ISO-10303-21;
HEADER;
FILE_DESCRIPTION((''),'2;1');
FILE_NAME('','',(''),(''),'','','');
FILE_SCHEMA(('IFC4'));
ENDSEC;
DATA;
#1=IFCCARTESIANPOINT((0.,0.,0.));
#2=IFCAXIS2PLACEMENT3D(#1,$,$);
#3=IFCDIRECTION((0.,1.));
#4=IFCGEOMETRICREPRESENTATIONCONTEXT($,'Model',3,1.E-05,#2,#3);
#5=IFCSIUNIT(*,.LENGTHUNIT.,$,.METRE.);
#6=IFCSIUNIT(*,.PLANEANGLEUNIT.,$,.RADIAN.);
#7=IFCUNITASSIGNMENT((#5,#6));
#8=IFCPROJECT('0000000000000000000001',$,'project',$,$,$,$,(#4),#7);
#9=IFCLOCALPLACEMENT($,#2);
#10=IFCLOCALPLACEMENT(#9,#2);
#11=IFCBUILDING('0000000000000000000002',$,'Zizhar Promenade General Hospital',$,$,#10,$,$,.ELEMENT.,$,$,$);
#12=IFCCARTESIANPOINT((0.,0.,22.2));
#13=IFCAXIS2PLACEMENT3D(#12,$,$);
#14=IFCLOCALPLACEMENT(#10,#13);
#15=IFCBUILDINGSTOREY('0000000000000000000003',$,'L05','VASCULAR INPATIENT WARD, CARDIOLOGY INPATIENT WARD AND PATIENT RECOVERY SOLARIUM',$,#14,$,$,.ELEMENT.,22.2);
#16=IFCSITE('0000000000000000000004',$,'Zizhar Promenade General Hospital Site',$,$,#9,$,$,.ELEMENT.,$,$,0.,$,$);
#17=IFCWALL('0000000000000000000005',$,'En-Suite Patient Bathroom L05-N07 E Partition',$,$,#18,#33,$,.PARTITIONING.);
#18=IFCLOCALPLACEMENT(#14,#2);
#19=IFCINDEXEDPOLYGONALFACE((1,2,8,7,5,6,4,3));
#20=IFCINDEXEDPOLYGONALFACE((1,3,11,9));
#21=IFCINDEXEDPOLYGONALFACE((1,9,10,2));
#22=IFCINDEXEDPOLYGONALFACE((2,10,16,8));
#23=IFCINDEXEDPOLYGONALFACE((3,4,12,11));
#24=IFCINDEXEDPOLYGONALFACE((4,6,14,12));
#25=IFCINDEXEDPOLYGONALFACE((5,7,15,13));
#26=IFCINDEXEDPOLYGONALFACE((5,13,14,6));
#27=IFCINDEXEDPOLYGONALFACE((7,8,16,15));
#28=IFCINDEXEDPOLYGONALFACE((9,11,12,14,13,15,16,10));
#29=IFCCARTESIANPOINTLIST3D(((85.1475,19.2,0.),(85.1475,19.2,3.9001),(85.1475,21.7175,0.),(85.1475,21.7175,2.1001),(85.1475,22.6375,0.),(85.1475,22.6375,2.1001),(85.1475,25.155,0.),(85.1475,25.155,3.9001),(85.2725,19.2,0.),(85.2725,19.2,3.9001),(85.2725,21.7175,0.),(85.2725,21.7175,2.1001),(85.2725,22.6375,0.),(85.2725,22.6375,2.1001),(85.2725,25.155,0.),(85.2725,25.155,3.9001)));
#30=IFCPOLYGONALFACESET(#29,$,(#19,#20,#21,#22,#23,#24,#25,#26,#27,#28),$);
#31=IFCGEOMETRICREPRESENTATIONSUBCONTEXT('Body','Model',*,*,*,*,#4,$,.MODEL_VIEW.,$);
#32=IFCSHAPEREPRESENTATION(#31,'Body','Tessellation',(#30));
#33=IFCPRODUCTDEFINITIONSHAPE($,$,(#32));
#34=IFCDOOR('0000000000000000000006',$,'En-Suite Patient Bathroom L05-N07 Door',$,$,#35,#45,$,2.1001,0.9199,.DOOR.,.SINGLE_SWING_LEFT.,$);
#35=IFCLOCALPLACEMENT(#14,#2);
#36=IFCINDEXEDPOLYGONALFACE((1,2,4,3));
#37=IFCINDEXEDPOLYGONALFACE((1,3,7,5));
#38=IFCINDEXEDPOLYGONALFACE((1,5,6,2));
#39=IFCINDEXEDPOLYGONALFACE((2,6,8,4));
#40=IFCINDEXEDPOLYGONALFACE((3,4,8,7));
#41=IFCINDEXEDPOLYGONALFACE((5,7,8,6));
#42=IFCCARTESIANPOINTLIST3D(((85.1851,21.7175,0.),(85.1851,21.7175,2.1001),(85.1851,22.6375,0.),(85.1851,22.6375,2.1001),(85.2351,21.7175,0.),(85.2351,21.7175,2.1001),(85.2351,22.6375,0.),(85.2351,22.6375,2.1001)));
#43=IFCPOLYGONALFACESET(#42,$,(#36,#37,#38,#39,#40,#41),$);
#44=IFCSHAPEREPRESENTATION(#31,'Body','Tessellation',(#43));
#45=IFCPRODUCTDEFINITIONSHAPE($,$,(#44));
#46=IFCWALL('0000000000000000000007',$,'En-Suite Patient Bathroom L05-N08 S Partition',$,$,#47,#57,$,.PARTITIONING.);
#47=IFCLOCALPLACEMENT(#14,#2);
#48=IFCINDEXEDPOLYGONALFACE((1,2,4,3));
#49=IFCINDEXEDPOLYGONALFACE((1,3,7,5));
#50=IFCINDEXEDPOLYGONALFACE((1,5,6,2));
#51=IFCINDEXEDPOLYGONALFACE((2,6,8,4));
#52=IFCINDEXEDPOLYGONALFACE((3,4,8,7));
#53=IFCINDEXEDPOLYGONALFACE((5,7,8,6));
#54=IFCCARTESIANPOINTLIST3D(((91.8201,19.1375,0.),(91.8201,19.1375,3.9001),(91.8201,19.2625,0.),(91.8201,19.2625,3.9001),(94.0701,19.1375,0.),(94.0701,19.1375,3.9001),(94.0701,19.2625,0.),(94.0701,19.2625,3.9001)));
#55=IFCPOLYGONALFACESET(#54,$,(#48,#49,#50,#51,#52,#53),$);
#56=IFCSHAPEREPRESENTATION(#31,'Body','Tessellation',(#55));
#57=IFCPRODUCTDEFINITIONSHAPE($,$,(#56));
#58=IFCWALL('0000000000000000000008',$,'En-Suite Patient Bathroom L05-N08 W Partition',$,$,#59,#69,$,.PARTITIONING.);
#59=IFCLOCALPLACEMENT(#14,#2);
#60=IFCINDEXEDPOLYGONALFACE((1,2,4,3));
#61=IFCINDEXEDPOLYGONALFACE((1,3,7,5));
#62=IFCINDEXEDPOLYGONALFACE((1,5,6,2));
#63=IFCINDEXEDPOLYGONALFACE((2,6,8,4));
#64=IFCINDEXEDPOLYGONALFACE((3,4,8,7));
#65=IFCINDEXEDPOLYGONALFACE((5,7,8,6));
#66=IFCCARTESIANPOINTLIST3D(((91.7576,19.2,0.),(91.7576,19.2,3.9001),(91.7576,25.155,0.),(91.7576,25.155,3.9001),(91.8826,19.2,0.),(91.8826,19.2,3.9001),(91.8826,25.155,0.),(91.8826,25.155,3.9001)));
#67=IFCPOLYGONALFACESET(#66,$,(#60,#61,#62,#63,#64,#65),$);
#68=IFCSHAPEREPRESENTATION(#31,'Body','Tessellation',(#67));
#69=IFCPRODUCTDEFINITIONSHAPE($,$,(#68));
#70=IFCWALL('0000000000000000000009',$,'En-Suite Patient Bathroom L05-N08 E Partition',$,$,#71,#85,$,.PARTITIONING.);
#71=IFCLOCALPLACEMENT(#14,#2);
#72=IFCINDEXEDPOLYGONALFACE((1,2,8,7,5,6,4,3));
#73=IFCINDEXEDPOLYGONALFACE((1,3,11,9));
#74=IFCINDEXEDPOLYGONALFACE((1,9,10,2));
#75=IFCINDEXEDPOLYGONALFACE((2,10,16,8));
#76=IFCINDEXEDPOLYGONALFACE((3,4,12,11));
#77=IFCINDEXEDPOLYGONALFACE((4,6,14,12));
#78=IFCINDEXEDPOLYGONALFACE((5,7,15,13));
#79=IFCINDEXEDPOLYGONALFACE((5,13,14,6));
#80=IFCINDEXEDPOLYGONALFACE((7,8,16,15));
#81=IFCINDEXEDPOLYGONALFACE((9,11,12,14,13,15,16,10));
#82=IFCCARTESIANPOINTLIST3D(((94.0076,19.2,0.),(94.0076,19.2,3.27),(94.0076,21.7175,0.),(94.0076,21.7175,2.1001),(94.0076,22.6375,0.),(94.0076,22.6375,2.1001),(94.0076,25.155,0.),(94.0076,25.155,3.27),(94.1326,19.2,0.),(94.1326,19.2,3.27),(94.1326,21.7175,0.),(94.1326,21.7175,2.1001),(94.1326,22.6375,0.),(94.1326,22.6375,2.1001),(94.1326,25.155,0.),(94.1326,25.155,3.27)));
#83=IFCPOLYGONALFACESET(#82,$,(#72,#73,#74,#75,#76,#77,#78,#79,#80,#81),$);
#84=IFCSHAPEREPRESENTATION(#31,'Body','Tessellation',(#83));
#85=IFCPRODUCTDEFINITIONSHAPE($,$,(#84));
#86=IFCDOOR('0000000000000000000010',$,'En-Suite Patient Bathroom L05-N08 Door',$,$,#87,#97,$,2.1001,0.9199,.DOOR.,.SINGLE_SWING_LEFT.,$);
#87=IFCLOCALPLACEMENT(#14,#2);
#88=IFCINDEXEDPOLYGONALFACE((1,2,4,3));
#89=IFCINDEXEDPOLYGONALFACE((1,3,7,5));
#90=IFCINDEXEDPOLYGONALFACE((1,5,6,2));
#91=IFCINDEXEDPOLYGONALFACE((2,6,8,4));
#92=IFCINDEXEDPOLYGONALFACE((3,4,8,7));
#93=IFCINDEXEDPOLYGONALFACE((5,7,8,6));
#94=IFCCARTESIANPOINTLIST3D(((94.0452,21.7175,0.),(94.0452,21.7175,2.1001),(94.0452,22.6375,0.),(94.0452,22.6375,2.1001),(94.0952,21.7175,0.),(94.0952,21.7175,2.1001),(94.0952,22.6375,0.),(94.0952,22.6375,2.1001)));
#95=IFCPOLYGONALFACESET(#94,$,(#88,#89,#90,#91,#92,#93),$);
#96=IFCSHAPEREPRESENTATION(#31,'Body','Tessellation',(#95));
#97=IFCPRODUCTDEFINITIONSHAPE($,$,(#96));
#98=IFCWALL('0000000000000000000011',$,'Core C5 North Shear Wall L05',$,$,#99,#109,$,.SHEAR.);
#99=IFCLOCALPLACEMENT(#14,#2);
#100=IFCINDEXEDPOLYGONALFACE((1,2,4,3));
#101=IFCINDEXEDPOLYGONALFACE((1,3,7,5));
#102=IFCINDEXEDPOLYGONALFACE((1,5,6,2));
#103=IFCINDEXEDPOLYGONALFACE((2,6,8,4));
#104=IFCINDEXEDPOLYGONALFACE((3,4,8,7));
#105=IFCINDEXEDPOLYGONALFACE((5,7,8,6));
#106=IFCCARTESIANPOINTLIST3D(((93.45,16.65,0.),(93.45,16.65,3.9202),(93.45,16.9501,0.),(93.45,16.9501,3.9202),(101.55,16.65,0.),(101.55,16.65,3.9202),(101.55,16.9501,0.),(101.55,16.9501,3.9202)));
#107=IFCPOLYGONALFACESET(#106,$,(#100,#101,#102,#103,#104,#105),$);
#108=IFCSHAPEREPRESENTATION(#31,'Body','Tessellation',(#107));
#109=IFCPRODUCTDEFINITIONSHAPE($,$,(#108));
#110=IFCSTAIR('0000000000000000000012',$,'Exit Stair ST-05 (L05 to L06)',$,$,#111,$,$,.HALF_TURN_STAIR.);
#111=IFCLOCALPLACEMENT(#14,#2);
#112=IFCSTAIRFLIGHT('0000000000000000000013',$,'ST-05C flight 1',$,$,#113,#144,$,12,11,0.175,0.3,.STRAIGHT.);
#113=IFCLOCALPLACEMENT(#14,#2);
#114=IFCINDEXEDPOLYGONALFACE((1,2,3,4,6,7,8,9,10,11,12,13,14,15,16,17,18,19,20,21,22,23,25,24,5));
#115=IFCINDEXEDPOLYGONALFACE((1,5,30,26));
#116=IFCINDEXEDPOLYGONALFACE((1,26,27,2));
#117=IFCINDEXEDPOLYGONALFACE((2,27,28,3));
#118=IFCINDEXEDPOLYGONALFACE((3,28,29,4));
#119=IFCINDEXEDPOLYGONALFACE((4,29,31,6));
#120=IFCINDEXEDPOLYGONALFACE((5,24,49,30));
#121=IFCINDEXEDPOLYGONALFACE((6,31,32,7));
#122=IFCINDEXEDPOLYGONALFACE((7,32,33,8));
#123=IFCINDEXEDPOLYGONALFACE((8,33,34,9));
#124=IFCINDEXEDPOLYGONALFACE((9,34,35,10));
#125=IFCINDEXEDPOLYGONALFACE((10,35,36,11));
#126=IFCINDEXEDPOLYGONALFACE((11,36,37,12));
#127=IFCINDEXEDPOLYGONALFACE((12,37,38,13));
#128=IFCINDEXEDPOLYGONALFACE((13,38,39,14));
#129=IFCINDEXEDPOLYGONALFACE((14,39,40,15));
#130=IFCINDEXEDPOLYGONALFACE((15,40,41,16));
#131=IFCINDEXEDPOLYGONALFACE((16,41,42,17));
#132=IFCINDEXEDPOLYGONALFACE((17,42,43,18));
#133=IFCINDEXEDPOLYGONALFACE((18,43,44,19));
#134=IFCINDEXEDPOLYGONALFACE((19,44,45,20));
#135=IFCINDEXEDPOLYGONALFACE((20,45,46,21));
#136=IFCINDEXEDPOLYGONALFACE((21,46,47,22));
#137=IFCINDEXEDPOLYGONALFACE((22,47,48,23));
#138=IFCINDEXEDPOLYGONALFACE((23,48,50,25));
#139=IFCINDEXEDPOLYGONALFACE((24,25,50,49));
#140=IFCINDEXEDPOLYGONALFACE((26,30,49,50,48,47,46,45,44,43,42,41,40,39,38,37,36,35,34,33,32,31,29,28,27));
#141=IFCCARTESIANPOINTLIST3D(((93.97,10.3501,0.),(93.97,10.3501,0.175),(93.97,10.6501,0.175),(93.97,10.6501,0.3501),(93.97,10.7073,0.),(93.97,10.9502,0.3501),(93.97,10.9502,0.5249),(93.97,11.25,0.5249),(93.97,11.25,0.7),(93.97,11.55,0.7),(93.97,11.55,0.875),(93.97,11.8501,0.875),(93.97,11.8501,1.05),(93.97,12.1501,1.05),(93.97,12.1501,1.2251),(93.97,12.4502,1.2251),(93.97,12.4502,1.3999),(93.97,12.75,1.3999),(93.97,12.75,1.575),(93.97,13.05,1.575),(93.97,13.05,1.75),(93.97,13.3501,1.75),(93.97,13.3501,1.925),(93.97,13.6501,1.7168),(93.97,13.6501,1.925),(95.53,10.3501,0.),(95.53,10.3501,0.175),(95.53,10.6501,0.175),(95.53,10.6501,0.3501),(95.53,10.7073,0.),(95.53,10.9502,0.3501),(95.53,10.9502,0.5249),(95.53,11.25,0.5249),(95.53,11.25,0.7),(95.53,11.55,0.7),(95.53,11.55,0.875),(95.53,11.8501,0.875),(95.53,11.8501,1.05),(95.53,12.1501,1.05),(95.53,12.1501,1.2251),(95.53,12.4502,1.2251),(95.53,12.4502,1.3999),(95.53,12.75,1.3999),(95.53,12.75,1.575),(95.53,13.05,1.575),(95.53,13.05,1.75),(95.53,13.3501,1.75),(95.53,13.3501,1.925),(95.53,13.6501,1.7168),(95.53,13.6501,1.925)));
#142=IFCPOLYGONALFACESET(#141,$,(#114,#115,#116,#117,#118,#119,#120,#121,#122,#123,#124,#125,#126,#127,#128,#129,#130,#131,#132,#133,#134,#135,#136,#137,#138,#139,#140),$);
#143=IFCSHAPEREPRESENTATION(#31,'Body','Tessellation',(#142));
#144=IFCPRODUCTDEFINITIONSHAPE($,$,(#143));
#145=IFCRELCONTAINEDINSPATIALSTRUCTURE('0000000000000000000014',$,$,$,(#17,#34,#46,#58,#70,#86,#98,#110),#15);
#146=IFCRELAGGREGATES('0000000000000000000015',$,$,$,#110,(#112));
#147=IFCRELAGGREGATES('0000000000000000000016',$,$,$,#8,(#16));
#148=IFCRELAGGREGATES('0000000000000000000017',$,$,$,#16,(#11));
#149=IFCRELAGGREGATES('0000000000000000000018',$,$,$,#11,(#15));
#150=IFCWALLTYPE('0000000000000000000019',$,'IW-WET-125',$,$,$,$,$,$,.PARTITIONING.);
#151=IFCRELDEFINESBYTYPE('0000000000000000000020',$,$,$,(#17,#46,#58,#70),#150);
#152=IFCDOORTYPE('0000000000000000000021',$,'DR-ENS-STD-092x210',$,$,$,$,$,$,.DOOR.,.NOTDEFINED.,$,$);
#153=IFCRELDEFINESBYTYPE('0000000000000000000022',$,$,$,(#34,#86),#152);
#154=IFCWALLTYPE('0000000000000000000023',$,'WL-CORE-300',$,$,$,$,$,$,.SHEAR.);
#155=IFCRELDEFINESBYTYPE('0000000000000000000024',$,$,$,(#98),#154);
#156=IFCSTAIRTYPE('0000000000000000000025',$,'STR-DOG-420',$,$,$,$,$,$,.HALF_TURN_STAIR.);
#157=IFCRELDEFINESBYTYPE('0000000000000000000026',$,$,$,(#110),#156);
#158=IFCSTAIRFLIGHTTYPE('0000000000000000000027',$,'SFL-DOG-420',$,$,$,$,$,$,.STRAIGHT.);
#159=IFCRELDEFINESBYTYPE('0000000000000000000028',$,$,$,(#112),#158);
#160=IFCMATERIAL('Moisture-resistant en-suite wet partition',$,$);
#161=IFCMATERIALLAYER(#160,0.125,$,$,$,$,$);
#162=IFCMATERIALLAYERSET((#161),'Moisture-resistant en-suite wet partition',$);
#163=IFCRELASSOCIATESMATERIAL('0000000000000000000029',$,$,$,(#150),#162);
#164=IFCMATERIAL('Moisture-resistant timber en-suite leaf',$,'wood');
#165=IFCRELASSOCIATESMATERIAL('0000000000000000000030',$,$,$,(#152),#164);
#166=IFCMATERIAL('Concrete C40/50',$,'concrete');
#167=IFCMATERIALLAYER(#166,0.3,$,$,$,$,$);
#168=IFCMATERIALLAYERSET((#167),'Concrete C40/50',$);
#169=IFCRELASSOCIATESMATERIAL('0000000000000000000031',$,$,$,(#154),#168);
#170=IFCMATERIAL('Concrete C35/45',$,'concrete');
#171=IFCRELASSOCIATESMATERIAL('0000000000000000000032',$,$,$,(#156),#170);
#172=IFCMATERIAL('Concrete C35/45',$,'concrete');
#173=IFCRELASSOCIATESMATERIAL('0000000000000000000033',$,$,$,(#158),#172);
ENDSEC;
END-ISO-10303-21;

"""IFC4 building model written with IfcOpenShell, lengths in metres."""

from ifc_helpers import new_model, si_unit, direction, frame, frame_2d, origin, place, context, subcontext, project, spatial, polyline, rectangle, outline, extrude, material, layer, layer_set, type_object, element, fill, aggregate, save


model = new_model("IFC4")

# Units and contexts
model_context = context("Model", 3, precision=1e-05, world=origin(), true_north=direction((0.0, 1.0)))
body_context = subcontext(model_context, "Body", "Model", "MODEL_VIEW")
ifc_project = project(units=[si_unit("LENGTHUNIT", "METRE"), si_unit("PLANEANGLEUNIT", "RADIAN")], contexts=[model_context])

# Site, building, storey
site_placement = place(None, origin())
site = spatial("IfcSite", under=ifc_project, at=site_placement, Name="Zizhar Promenade General Hospital Site", CompositionType="ELEMENT", RefElevation=0.0)
building_placement = place(site_placement, origin())
building = spatial("IfcBuilding", under=site, at=building_placement, Name="Zizhar Promenade General Hospital", CompositionType="ELEMENT")
storey_placement = place(building_placement, frame((0.0, 0.0, 22.2)))
storey = spatial("IfcBuildingStorey", under=building, at=storey_placement, Name="L05", Description="VASCULAR INPATIENT WARD, CARDIOLOGY INPATIENT WARD AND PATIENT RECOVERY SOLARIUM", CompositionType="ELEMENT", Elevation=22.2)

# Shared definitions
ifc_material_1 = material(Name="Moisture-resistant en-suite wet partition")
ifc_layer_1 = layer(ifc_material_1, 0.125)
ifc_layer_set_1 = layer_set([ifc_layer_1], Name="Moisture-resistant en-suite wet partition")
wall_type_1 = type_object("IfcWallType", Name="IW-WET-125", PredefinedType="PARTITIONING", material=ifc_layer_set_1)

# Wall, opening, door
wall_1_placement = place(storey_placement, frame((85.21, 19.2, 0.0), z_axis=(0.0, 0.0, 1.0), x_axis=(0.0, 1.0, 0.0)))
wall_1 = element("IfcWall", 1, at=wall_1_placement, inside=storey, type_object=wall_type_1, Name="En-Suite Patient Bathroom L05-N07 E Partition", PredefinedType="PARTITIONING", context=body_context, shape_type="SweptSolid", body=[
    extrude(rectangle(XDim=5.9551, YDim=0.125, at=frame_2d((2.9775, 0.0))), origin(), (0.0, 0.0, 1.0), 3.9001),
])
opening_1_placement = place(wall_1_placement, frame((2.5176, 0.0, 0.0)))
opening_1 = element("IfcOpeningElement", 2, at=opening_1_placement, cuts=wall_1, PredefinedType="OPENING", context=body_context, shape_type="SweptSolid", body=[
    extrude(rectangle(XDim=0.9199, YDim=2.1001, at=frame_2d((0.46, 1.05))), frame((0.0, 0.0725, 0.0), z_axis=(0.0, -1.0, 0.0), x_axis=(1.0, 0.0, 0.0)), (0.0, 0.0, 1.0), 0.145),
])
ifc_material_2 = material(Name="Moisture-resistant timber en-suite leaf", Category="wood")
door_type_1 = type_object("IfcDoorType", Name="DR-ENS-STD-092x210", OperationType="NOTDEFINED", PredefinedType="DOOR", material=ifc_material_2)
door_1_placement = place(opening_1_placement, origin())
door_1 = element("IfcDoor", 3, at=door_1_placement, inside=storey, type_object=door_type_1, Name="En-Suite Patient Bathroom L05-N07 Door", OperationType="SINGLE_SWING_LEFT", OverallHeight=2.1001, OverallWidth=0.9199, PredefinedType="DOOR", context=body_context, shape_type="SweptSolid", body=[
    extrude(rectangle(XDim=0.9199, YDim=2.1001, at=frame_2d((0.46, 1.05))), frame((0.0, 0.0249, 0.0), z_axis=(0.0, -1.0, 0.0), x_axis=(1.0, 0.0, 0.0)), (0.0, 0.0, 1.0), 0.05),
])
fill(opening_1, door_1)

# Walls
wall_2_placement = place(storey_placement, frame((91.8201, 19.2, 0.0), z_axis=(0.0, 0.0, 1.0), x_axis=(1.0, 0.0, 0.0)))
element("IfcWall", 4, at=wall_2_placement, inside=storey, type_object=wall_type_1, Name="En-Suite Patient Bathroom L05-N08 S Partition", PredefinedType="PARTITIONING", context=body_context, shape_type="SweptSolid", body=[
    extrude(rectangle(XDim=2.25, YDim=0.125, at=frame_2d((1.125, 0.0))), origin(), (0.0, 0.0, 1.0), 3.9001),
])
wall_3_placement = place(storey_placement, frame((91.8201, 19.2, 0.0), z_axis=(0.0, 0.0, 1.0), x_axis=(0.0, 1.0, 0.0)))
element("IfcWall", 5, at=wall_3_placement, inside=storey, type_object=wall_type_1, Name="En-Suite Patient Bathroom L05-N08 W Partition", PredefinedType="PARTITIONING", context=body_context, shape_type="SweptSolid", body=[
    extrude(rectangle(XDim=5.9551, YDim=0.125, at=frame_2d((2.9775, 0.0))), origin(), (0.0, 0.0, 1.0), 3.9001),
])

# Wall, opening, door
wall_4_placement = place(storey_placement, frame((94.0701, 19.2, 0.0), z_axis=(0.0, 0.0, 1.0), x_axis=(0.0, 1.0, 0.0)))
wall_4 = element("IfcWall", 6, at=wall_4_placement, inside=storey, type_object=wall_type_1, Name="En-Suite Patient Bathroom L05-N08 E Partition", PredefinedType="PARTITIONING", context=body_context, shape_type="SweptSolid", body=[
    extrude(rectangle(XDim=5.9551, YDim=0.125, at=frame_2d((2.9775, 0.0))), origin(), (0.0, 0.0, 1.0), 3.27),
])
opening_2_placement = place(wall_4_placement, frame((2.5176, 0.0, 0.0)))
opening_2 = element("IfcOpeningElement", 7, at=opening_2_placement, cuts=wall_4, PredefinedType="OPENING", context=body_context, shape_type="SweptSolid", body=[
    extrude(rectangle(XDim=0.9199, YDim=2.1001, at=frame_2d((0.46, 1.05))), frame((0.0, 0.0725, 0.0), z_axis=(0.0, -1.0, 0.0), x_axis=(1.0, 0.0, 0.0)), (0.0, 0.0, 1.0), 0.145),
])
door_2_placement = place(opening_2_placement, origin())
door_2 = element("IfcDoor", 8, at=door_2_placement, inside=storey, type_object=door_type_1, Name="En-Suite Patient Bathroom L05-N08 Door", OperationType="SINGLE_SWING_LEFT", OverallHeight=2.1001, OverallWidth=0.9199, PredefinedType="DOOR", context=body_context, shape_type="SweptSolid", body=[
    extrude(rectangle(XDim=0.9199, YDim=2.1001, at=frame_2d((0.46, 1.05))), frame((0.0, 0.0249, 0.0), z_axis=(0.0, -1.0, 0.0), x_axis=(1.0, 0.0, 0.0)), (0.0, 0.0, 1.0), 0.05),
])
fill(opening_2, door_2)

# Wall
ifc_material_3 = material(Name="Concrete C40/50", Category="concrete")
ifc_layer_2 = layer(ifc_material_3, 0.3)
ifc_layer_set_2 = layer_set([ifc_layer_2], Name="Concrete C40/50")
wall_type_2 = type_object("IfcWallType", Name="WL-CORE-300", PredefinedType="SHEAR", material=ifc_layer_set_2)
wall_5_placement = place(storey_placement, frame((93.45, 16.8, 0.0), z_axis=(0.0, 0.0, 1.0), x_axis=(1.0, 0.0, 0.0)))
element("IfcWall", 9, at=wall_5_placement, inside=storey, type_object=wall_type_2, Name="Core C5 North Shear Wall L05", PredefinedType="SHEAR", context=body_context, shape_type="SweptSolid", body=[
    extrude(rectangle(XDim=8.1001, YDim=0.3, at=frame_2d((4.05, 0.0))), origin(), (0.0, 0.0, 1.0), 3.9202),
])

# Stair, stair flight
ifc_material_4 = material(Name="Concrete C35/45", Category="concrete")
stair_type = type_object("IfcStairType", Name="STR-DOG-420", PredefinedType="HALF_TURN_STAIR", material=ifc_material_4)
stair_placement = place(storey_placement, origin())
stair = element("IfcStair", 10, at=stair_placement, inside=storey, type_object=stair_type, Name="Exit Stair ST-05 (L05 to L06)", PredefinedType="HALF_TURN_STAIR")
ifc_material_5 = material(Name="Concrete C35/45", Category="concrete")
stair_flight_type = type_object("IfcStairFlightType", Name="SFL-DOG-420", PredefinedType="STRAIGHT", material=ifc_material_5)
stair_flight_placement = place(storey_placement, frame((94.75, 10.3501, 0.0), z_axis=(0.0, 0.0, 1.0), x_axis=(0.0, 1.0, 0.0)))
stair_flight = element("IfcStairFlight", 11, at=stair_flight_placement, type_object=stair_flight_type, Name="ST-05C flight 1", NumberOfRisers=12, NumberOfTreads=11, PredefinedType="STRAIGHT", RiserHeight=0.175, TreadLength=0.3, context=body_context, shape_type="SweptSolid", body=[
    extrude(outline(polyline([(0.0, 0.0), (0.0, 0.175), (0.3, 0.175), (0.3, 0.3501), (0.6001, 0.3501), (0.6001, 0.5249), (0.8999, 0.5249), (0.8999, 0.7), (1.2, 0.7), (1.2, 0.875), (1.5, 0.875), (1.5, 1.05), (1.8, 1.05), (1.8, 1.2251), (2.1001, 1.2251), (2.1001, 1.3999), (2.3999, 1.3999), (2.3999, 1.575), (2.7, 1.575), (2.7, 1.75), (3.0, 1.75), (3.0, 1.925), (3.3, 1.925), (3.3, 2.1001), (3.3, 1.7168), (0.3572, 0.0), (0.0, 0.0)])), frame((0.0, 0.78, 0.0), z_axis=(0.0, -1.0, 0.0), x_axis=(1.0, 0.0, 0.0)), (0.0, 0.0, 1.0), 1.5601),
])
aggregate(stair, [stair_flight])

save(model, "model.ifc")
